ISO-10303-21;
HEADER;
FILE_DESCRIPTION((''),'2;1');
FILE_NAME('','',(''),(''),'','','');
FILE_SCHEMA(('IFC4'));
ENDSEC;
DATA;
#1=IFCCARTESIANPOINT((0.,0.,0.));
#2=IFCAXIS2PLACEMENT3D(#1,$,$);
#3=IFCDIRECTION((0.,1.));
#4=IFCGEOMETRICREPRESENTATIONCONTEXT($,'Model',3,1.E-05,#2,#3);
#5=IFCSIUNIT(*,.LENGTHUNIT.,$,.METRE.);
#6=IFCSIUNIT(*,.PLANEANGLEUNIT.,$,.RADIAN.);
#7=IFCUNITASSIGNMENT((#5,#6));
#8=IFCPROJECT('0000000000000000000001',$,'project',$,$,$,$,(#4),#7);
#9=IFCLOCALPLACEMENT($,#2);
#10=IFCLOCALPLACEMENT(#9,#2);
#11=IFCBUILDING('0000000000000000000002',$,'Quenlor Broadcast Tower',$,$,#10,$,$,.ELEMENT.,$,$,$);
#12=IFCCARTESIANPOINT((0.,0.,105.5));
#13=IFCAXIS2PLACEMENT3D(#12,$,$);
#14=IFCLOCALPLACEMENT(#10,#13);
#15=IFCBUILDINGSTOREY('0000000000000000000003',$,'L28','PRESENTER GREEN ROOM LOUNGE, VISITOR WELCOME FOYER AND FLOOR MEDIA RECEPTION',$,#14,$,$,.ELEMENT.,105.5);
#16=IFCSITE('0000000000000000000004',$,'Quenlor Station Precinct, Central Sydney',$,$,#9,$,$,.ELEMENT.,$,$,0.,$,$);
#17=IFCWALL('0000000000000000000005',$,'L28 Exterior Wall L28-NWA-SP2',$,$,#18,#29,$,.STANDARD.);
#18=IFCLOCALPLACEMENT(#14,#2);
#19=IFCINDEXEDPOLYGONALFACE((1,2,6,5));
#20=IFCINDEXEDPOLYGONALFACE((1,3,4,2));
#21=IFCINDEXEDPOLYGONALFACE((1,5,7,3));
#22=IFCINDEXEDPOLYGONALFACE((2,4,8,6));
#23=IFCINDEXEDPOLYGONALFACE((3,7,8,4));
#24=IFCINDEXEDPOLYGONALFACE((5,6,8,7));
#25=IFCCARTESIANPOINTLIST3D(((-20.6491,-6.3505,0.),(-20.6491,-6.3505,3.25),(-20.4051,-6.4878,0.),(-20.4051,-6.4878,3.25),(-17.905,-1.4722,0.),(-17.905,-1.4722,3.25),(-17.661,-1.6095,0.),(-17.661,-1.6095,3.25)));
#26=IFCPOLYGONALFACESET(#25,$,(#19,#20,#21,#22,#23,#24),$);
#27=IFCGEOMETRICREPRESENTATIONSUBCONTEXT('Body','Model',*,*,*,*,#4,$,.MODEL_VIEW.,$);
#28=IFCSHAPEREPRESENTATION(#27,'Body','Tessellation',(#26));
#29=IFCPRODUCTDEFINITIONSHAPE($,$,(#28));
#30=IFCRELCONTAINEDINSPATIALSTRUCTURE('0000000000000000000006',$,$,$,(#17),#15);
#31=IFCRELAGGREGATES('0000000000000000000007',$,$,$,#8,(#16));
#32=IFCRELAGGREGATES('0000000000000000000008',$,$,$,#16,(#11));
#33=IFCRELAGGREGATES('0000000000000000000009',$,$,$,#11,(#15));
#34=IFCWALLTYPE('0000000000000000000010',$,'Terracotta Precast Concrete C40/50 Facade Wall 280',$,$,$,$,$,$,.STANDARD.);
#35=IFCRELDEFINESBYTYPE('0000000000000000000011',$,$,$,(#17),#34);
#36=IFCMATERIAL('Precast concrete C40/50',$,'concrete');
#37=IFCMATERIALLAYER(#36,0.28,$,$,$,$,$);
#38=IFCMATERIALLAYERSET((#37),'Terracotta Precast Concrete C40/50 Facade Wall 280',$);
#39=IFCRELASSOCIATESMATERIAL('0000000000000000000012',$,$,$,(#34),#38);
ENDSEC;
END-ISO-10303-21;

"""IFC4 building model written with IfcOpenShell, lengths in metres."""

from ifc_helpers import new_model, si_unit, direction, frame, frame_2d, origin, place, context, subcontext, project, spatial, rectangle, extrude, material, layer, layer_set, type_object, element, save


model = new_model("IFC4")

# Units and contexts
model_context = context("Model", 3, precision=1e-05, world=origin(), true_north=direction((0.0, 1.0)))
body_context = subcontext(model_context, "Body", "Model", "MODEL_VIEW")
ifc_project = project(units=[si_unit("LENGTHUNIT", "METRE"), si_unit("PLANEANGLEUNIT", "RADIAN")], contexts=[model_context])

# Site, building, storey
site_placement = place(None, origin())
site = spatial("IfcSite", under=ifc_project, at=site_placement, Name="Quenlor Station Precinct, Central Sydney", CompositionType="ELEMENT", RefElevation=0.0)
building_placement = place(site_placement, origin())
building = spatial("IfcBuilding", under=site, at=building_placement, Name="Quenlor Broadcast Tower", CompositionType="ELEMENT")
storey_placement = place(building_placement, frame((0.0, 0.0, 105.5)))
storey = spatial("IfcBuildingStorey", under=building, at=storey_placement, Name="L28", Description="PRESENTER GREEN ROOM LOUNGE, VISITOR WELCOME FOYER AND FLOOR MEDIA RECEPTION", CompositionType="ELEMENT", Elevation=105.5)

# Wall
ifc_material_1 = material(Name="Precast concrete C40/50", Category="concrete")
ifc_layer_1 = layer(ifc_material_1, 0.28)
ifc_layer_set_1 = layer_set([ifc_layer_1], Name="Terracotta Precast Concrete C40/50 Facade Wall 280")
wall_type_1 = type_object("IfcWallType", Name="Terracotta Precast Concrete C40/50 Facade Wall 280", PredefinedType="STANDARD", material=ifc_layer_set_1)
wall_1_placement = place(storey_placement, frame((-20.5271, -6.4192, 0.0), z_axis=(0.0, 0.0, 1.0), x_axis=(0.490265, 0.871573, 0.0)))
element("IfcWall", 1, at=wall_1_placement, inside=storey, type_object=wall_type_1, Name="L28 Exterior Wall L28-NWA-SP2", PredefinedType="STANDARD", context=body_context, shape_type="SweptSolid", body=[
    extrude(rectangle(XDim=5.5972, YDim=0.28, at=frame_2d((2.7986, 0.0))), origin(), (0.0, 0.0, 1.0), 3.25),
])

save(model, "model.ifc")
